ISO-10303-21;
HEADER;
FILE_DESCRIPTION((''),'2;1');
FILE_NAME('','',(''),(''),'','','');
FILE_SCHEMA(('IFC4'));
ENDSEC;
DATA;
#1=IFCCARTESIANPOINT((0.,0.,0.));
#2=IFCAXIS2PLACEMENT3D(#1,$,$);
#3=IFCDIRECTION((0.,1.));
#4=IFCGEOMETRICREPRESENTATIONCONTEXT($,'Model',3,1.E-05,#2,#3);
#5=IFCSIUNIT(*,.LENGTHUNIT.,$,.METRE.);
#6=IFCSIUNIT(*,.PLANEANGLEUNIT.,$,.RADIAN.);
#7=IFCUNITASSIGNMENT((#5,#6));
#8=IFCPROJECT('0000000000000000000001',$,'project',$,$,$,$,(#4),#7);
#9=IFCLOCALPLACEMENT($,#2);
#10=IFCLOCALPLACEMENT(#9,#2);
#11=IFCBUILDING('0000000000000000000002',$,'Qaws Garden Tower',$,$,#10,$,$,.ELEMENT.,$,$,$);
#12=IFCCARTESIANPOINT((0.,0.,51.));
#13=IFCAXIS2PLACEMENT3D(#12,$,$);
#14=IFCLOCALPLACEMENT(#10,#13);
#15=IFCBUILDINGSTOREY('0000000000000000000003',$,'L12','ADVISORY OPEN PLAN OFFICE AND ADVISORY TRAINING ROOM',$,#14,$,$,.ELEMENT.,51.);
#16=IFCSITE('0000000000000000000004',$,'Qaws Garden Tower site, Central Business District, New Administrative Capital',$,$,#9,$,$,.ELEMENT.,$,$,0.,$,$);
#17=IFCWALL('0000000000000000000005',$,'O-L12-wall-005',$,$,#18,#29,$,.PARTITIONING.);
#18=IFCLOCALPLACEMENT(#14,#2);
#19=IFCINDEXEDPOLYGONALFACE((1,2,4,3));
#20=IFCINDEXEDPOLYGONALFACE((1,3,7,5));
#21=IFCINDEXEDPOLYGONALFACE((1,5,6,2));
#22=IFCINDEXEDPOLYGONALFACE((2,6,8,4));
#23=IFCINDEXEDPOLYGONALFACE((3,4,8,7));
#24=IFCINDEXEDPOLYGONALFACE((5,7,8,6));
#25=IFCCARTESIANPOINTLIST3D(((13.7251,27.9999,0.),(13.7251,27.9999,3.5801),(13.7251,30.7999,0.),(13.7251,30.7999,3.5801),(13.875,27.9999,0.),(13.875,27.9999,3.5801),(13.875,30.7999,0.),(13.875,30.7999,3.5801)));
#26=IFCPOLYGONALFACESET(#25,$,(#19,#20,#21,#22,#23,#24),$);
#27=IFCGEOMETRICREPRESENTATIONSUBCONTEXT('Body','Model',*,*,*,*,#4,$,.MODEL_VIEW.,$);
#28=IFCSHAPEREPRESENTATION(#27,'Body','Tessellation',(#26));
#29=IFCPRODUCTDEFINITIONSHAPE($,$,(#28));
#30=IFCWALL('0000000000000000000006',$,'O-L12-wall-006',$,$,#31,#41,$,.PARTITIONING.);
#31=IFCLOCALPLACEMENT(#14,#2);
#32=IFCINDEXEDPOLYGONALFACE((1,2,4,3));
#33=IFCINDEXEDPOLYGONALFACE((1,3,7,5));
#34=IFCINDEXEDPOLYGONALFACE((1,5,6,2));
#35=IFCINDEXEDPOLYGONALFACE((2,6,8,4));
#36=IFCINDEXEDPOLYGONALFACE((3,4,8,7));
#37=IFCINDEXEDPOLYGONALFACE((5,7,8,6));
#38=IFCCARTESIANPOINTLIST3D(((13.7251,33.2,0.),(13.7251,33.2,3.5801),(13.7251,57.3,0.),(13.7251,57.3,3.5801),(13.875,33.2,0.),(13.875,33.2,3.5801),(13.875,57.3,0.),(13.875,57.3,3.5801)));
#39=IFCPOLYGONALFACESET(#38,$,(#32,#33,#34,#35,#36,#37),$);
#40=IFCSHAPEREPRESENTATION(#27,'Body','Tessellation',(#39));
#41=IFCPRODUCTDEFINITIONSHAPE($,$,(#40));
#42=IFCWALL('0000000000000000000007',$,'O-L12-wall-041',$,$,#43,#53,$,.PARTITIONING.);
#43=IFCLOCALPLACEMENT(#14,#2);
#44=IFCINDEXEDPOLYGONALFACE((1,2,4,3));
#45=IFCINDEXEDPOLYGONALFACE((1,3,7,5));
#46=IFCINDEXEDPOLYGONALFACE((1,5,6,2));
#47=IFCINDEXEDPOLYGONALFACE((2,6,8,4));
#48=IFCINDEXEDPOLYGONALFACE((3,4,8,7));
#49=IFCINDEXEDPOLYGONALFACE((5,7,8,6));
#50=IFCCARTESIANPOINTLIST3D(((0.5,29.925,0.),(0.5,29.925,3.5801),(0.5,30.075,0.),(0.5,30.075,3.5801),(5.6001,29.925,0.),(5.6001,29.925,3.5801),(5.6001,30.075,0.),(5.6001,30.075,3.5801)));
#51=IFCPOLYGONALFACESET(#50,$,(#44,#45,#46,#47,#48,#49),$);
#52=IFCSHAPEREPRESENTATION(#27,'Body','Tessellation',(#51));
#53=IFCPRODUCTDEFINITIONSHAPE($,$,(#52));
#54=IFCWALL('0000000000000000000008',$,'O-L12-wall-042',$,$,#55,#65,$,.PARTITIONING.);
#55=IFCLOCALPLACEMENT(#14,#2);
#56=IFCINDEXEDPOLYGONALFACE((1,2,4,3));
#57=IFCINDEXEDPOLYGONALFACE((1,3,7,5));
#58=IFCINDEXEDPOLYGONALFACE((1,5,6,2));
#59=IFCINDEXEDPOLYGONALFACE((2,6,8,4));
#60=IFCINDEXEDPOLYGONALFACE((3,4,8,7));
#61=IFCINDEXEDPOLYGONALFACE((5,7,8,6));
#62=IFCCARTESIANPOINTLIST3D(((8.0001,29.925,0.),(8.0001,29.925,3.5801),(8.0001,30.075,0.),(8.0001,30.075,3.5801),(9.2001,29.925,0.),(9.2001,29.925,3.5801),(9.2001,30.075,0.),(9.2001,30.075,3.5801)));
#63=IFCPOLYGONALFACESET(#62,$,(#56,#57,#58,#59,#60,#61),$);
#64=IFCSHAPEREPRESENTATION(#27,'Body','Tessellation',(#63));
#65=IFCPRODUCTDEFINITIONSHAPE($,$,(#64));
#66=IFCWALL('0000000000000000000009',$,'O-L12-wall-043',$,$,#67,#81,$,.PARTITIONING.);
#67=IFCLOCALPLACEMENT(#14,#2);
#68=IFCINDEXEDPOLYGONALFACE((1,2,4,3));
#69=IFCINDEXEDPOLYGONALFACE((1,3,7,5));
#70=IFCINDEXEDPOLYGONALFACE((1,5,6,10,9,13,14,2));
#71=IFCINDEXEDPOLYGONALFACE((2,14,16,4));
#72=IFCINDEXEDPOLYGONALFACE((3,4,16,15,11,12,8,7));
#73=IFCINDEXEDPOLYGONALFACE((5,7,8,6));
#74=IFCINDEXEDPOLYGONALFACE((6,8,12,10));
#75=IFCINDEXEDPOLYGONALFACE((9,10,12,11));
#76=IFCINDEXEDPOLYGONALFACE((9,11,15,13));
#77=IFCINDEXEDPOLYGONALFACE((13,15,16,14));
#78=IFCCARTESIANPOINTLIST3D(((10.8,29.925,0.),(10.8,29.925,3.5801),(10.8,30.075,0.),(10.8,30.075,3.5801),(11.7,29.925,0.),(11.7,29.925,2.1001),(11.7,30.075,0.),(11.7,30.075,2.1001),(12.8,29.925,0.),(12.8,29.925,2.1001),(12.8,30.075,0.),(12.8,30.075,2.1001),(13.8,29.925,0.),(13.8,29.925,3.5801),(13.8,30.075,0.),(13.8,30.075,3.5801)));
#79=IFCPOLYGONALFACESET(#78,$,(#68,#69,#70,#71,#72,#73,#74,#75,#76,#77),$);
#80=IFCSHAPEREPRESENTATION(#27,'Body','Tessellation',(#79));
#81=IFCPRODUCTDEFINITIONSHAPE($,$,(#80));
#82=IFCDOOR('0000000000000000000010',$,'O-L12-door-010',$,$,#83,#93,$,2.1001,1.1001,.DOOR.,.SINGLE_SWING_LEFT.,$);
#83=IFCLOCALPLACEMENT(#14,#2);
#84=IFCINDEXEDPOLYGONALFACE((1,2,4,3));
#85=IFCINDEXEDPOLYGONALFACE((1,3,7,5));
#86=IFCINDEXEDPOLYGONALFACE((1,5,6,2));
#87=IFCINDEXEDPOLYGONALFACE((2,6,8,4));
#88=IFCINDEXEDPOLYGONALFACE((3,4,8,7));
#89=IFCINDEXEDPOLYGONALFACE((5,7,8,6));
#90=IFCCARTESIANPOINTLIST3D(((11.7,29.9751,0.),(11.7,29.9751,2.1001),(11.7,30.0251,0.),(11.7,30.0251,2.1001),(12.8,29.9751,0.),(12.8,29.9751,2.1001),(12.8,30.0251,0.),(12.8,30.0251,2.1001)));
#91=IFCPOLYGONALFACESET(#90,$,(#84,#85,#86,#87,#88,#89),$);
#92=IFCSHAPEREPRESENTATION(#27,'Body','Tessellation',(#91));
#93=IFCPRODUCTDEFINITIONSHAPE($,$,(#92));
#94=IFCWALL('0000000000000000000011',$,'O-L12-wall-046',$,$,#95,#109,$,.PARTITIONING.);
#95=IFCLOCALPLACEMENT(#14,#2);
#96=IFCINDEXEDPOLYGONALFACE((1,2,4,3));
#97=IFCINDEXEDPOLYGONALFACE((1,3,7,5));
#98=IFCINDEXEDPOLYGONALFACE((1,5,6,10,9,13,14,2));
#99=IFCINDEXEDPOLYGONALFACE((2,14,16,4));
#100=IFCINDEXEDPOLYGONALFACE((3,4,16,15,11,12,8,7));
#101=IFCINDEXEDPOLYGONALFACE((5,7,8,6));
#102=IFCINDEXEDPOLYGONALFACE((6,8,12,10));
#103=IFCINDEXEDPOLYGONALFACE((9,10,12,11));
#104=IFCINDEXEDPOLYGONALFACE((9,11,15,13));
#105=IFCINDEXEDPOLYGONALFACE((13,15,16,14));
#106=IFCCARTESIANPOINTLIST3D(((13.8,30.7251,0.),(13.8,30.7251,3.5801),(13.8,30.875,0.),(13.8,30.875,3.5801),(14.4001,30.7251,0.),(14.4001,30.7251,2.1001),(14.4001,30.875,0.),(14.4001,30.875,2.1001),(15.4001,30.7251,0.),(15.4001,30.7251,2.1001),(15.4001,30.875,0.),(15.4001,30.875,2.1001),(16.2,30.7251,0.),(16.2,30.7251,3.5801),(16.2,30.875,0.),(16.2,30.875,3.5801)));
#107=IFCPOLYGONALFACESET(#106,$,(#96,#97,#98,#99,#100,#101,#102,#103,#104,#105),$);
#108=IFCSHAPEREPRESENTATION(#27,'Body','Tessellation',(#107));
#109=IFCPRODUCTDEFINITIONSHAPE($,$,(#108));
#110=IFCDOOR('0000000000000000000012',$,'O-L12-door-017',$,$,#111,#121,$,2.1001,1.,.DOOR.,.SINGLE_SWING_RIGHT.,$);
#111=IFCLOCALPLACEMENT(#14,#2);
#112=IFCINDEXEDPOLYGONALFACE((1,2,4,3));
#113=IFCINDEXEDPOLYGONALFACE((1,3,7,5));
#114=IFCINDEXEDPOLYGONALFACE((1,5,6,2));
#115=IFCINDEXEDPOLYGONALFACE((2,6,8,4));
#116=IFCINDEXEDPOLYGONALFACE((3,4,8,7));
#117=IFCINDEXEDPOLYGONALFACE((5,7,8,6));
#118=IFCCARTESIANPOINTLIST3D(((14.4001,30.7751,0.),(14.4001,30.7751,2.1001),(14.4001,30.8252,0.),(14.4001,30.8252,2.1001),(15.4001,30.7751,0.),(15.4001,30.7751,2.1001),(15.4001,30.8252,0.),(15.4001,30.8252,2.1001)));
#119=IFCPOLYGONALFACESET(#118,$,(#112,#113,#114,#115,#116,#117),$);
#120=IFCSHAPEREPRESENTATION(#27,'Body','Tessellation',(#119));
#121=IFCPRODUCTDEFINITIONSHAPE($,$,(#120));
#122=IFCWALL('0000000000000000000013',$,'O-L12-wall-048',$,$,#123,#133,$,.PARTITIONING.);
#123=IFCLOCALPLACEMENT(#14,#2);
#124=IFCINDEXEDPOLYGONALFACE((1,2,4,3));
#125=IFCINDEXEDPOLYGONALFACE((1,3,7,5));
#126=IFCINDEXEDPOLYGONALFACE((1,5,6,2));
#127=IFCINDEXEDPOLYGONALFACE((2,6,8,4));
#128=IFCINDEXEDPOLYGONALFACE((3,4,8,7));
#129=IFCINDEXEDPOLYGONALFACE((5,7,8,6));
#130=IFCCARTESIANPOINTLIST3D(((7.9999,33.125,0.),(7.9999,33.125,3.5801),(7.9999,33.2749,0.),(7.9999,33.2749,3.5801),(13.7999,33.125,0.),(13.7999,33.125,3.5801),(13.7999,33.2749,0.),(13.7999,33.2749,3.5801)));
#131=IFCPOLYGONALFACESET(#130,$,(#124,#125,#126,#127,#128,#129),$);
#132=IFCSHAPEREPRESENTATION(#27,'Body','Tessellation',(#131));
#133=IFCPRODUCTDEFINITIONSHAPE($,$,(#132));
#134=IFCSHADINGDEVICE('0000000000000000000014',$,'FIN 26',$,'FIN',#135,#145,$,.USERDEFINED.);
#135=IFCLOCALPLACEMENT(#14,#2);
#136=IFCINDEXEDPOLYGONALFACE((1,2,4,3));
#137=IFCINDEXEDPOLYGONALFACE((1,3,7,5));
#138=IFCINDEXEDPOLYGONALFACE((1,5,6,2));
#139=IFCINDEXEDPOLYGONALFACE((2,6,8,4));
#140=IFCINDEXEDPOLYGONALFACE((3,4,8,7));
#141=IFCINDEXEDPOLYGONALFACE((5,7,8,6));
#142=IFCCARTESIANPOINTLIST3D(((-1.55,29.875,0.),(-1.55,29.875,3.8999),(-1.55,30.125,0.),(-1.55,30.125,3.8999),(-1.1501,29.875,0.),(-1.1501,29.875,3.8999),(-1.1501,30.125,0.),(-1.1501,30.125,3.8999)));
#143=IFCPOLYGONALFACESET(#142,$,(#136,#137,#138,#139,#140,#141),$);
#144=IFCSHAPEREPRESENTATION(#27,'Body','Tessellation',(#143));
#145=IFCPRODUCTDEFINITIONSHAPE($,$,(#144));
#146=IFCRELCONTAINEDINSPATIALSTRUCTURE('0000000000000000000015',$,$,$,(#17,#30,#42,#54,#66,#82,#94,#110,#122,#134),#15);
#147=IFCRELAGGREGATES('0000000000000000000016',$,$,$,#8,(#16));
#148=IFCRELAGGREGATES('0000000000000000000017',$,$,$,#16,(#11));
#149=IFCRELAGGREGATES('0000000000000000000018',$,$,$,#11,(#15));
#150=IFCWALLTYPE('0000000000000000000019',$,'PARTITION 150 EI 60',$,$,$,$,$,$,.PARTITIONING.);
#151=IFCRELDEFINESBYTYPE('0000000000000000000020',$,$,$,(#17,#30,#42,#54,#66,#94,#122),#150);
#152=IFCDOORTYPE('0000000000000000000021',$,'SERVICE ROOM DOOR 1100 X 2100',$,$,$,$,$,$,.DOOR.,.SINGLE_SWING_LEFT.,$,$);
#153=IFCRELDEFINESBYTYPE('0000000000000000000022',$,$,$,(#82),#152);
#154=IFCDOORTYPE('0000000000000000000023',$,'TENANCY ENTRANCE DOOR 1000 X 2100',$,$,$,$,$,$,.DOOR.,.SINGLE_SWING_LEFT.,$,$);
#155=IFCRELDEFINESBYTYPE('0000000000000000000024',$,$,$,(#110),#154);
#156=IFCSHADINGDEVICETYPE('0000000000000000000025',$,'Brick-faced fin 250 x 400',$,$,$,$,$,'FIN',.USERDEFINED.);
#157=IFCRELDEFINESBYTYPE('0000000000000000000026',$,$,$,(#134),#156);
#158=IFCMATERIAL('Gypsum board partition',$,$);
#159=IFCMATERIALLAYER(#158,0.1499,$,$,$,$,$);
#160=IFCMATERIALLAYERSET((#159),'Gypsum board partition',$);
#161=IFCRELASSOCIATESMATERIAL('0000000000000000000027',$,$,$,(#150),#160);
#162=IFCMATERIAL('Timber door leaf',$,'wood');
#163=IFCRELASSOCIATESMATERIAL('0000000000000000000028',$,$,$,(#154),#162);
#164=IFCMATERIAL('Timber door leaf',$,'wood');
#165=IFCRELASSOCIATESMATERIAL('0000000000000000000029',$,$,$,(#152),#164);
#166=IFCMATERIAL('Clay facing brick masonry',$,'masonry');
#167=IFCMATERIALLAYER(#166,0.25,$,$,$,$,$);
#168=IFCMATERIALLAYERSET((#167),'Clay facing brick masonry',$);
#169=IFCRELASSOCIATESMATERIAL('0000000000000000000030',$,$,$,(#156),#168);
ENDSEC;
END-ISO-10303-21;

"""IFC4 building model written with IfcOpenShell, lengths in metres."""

from ifc_helpers import new_model, si_unit, direction, frame, frame_2d, origin, origin_2d, place, context, subcontext, project, spatial, rectangle, extrude, material, layer, layer_set, type_object, element, fill, save


model = new_model("IFC4")

# Units and contexts
model_context = context("Model", 3, precision=1e-05, world=origin(), true_north=direction((0.0, 1.0)))
body_context = subcontext(model_context, "Body", "Model", "MODEL_VIEW")
ifc_project = project(units=[si_unit("LENGTHUNIT", "METRE"), si_unit("PLANEANGLEUNIT", "RADIAN")], contexts=[model_context])

# Site, building, storey
site_placement = place(None, origin())
site = spatial("IfcSite", under=ifc_project, at=site_placement, Name="Qaws Garden Tower site, Central Business District, New Administrative Capital", CompositionType="ELEMENT", RefElevation=0.0)
building_placement = place(site_placement, origin())
building = spatial("IfcBuilding", under=site, at=building_placement, Name="Qaws Garden Tower", CompositionType="ELEMENT")
storey_placement = place(building_placement, frame((0.0, 0.0, 51.0)))
storey = spatial("IfcBuildingStorey", under=building, at=storey_placement, Name="L12", Description="ADVISORY OPEN PLAN OFFICE AND ADVISORY TRAINING ROOM", CompositionType="ELEMENT", Elevation=51.0)

# Shared definitions
ifc_material_1 = material(Name="Gypsum board partition")
ifc_layer_1 = layer(ifc_material_1, 0.1499)
ifc_layer_set_1 = layer_set([ifc_layer_1], Name="Gypsum board partition")
wall_type_1 = type_object("IfcWallType", Name="PARTITION 150 EI 60", PredefinedType="PARTITIONING", material=ifc_layer_set_1)

# Shared definitions
ifc_material_2 = material(Name="Timber door leaf", Category="wood")
door_type_1 = type_object("IfcDoorType", Name="TENANCY ENTRANCE DOOR 1000 X 2100", OperationType="SINGLE_SWING_LEFT", PredefinedType="DOOR", material=ifc_material_2)

# Walls
wall_1_placement = place(storey_placement, frame((13.8, 28.0, 0.0), z_axis=(0.0, 0.0, 1.0), x_axis=(0.0, 1.0, 0.0)))
element("IfcWall", 1, at=wall_1_placement, inside=storey, type_object=wall_type_1, Name="O-L12-wall-005", PredefinedType="PARTITIONING", context=body_context, shape_type="SweptSolid", body=[
    extrude(rectangle(XDim=2.8, YDim=0.1499, at=frame_2d((1.3999, 0.0))), origin(), (0.0, 0.0, 1.0), 3.5801),
])
wall_2_placement = place(storey_placement, frame((13.8, 33.2, 0.0), z_axis=(0.0, 0.0, 1.0), x_axis=(0.0, 1.0, 0.0)))
element("IfcWall", 2, at=wall_2_placement, inside=storey, type_object=wall_type_1, Name="O-L12-wall-006", PredefinedType="PARTITIONING", context=body_context, shape_type="SweptSolid", body=[
    extrude(rectangle(XDim=24.1001, YDim=0.1499, at=frame_2d((12.05, 0.0))), origin(), (0.0, 0.0, 1.0), 3.5801),
])
wall_3_placement = place(storey_placement, frame((0.5, 30.0, 0.0), z_axis=(0.0, 0.0, 1.0), x_axis=(1.0, 0.0, 0.0)))
element("IfcWall", 3, at=wall_3_placement, inside=storey, type_object=wall_type_1, Name="O-L12-wall-041", PredefinedType="PARTITIONING", context=body_context, shape_type="SweptSolid", body=[
    extrude(rectangle(XDim=5.1001, YDim=0.1499, at=frame_2d((2.55, 0.0))), origin(), (0.0, 0.0, 1.0), 3.5801),
])
wall_4_placement = place(storey_placement, frame((8.0, 30.0, 0.0), z_axis=(0.0, 0.0, 1.0), x_axis=(1.0, 0.0, 0.0)))
element("IfcWall", 4, at=wall_4_placement, inside=storey, type_object=wall_type_1, Name="O-L12-wall-042", PredefinedType="PARTITIONING", context=body_context, shape_type="SweptSolid", body=[
    extrude(rectangle(XDim=1.2, YDim=0.1499, at=frame_2d((0.6001, 0.0))), origin(), (0.0, 0.0, 1.0), 3.5801),
])

# Walls, openings, doors
wall_5_placement = place(storey_placement, frame((10.8, 30.0, 0.0), z_axis=(0.0, 0.0, 1.0), x_axis=(1.0, 0.0, 0.0)))
wall_5 = element("IfcWall", 5, at=wall_5_placement, inside=storey, type_object=wall_type_1, Name="O-L12-wall-043", PredefinedType="PARTITIONING", context=body_context, shape_type="SweptSolid", body=[
    extrude(rectangle(XDim=3.0, YDim=0.1499, at=frame_2d((1.5, 0.0))), origin(), (0.0, 0.0, 1.0), 3.5801),
])
opening_1_placement = place(wall_5_placement, frame((0.8999, 0.0, 0.0)))
opening_1 = element("IfcOpeningElement", 6, at=opening_1_placement, cuts=wall_5, PredefinedType="OPENING", context=body_context, shape_type="SweptSolid", body=[
    extrude(rectangle(XDim=1.1001, YDim=2.1001, at=frame_2d((0.55, 1.05))), frame((0.0, 0.085, 0.0), z_axis=(0.0, -1.0, 0.0), x_axis=(1.0, 0.0, 0.0)), (0.0, 0.0, 1.0), 0.1699),
])
ifc_material_3 = material(Name="Timber door leaf", Category="wood")
door_type_2 = type_object("IfcDoorType", Name="SERVICE ROOM DOOR 1100 X 2100", OperationType="SINGLE_SWING_LEFT", PredefinedType="DOOR", material=ifc_material_3)
door_1_placement = place(opening_1_placement, frame((1.1001, 0.0, 0.0), z_axis=(0.0, 0.0, 1.0), x_axis=(-1.0, 0.0, 0.0)))
door_1 = element("IfcDoor", 7, at=door_1_placement, inside=storey, type_object=door_type_2, Name="O-L12-door-010", OperationType="SINGLE_SWING_LEFT", OverallHeight=2.1001, OverallWidth=1.1001, PredefinedType="DOOR", context=body_context, shape_type="SweptSolid", body=[
    extrude(rectangle(XDim=1.1001, YDim=2.1001, at=frame_2d((0.55, 1.05))), frame((0.0, 0.0249, 0.0), z_axis=(0.0, -1.0, 0.0), x_axis=(1.0, 0.0, 0.0)), (0.0, 0.0, 1.0), 0.05),
])
fill(opening_1, door_1)
wall_6_placement = place(storey_placement, frame((13.8, 30.8, 0.0), z_axis=(0.0, 0.0, 1.0), x_axis=(1.0, 0.0, 0.0)))
wall_6 = element("IfcWall", 8, at=wall_6_placement, inside=storey, type_object=wall_type_1, Name="O-L12-wall-046", PredefinedType="PARTITIONING", context=body_context, shape_type="SweptSolid", body=[
    extrude(rectangle(XDim=2.3999, YDim=0.1499, at=frame_2d((1.2, 0.0))), origin(), (0.0, 0.0, 1.0), 3.5801),
])
opening_2_placement = place(wall_6_placement, frame((0.6001, 0.0, 0.0)))
opening_2 = element("IfcOpeningElement", 9, at=opening_2_placement, cuts=wall_6, PredefinedType="OPENING", context=body_context, shape_type="SweptSolid", body=[
    extrude(rectangle(XDim=1.0, YDim=2.1001, at=frame_2d((0.5, 1.05))), frame((0.0, 0.085, 0.0), z_axis=(0.0, -1.0, 0.0), x_axis=(1.0, 0.0, 0.0)), (0.0, 0.0, 1.0), 0.1699),
])
door_2_placement = place(opening_2_placement, frame((1.0, 0.0, 0.0), z_axis=(0.0, 0.0, 1.0), x_axis=(-1.0, 0.0, 0.0)))
door_2 = element("IfcDoor", 10, at=door_2_placement, inside=storey, type_object=door_type_1, Name="O-L12-door-017", OperationType="SINGLE_SWING_RIGHT", OverallHeight=2.1001, OverallWidth=1.0, PredefinedType="DOOR", context=body_context, shape_type="SweptSolid", body=[
    extrude(rectangle(XDim=1.0, YDim=2.1001, at=frame_2d((0.5, 1.05))), frame((0.0, 0.0249, 0.0), z_axis=(0.0, -1.0, 0.0), x_axis=(1.0, 0.0, 0.0)), (0.0, 0.0, 1.0), 0.05),
])
fill(opening_2, door_2)

# Wall
wall_7_placement = place(storey_placement, frame((8.0, 33.2, 0.0), z_axis=(0.0, 0.0, 1.0), x_axis=(1.0, 0.0, 0.0)))
element("IfcWall", 11, at=wall_7_placement, inside=storey, type_object=wall_type_1, Name="O-L12-wall-048", PredefinedType="PARTITIONING", context=body_context, shape_type="SweptSolid", body=[
    extrude(rectangle(XDim=5.8, YDim=0.1499, at=frame_2d((2.8999, 0.0))), origin(), (0.0, 0.0, 1.0), 3.5801),
])

# Shading device
ifc_material_4 = material(Name="Clay facing brick masonry", Category="masonry")
ifc_layer_2 = layer(ifc_material_4, 0.25)
ifc_layer_set_2 = layer_set([ifc_layer_2], Name="Clay facing brick masonry")
shading_device_type = type_object("IfcShadingDeviceType", Name="Brick-faced fin 250 x 400", ElementType="FIN", PredefinedType="USERDEFINED", material=ifc_layer_set_2)
shading_device_placement = place(storey_placement, frame((-1.3501, 30.0, 0.0), z_axis=(0.0, 0.0, 1.0), x_axis=(0.0, -1.0, 0.0)))
element("IfcShadingDevice", 12, at=shading_device_placement, inside=storey, type_object=shading_device_type, Name="FIN 26", ObjectType="FIN", PredefinedType="USERDEFINED", context=body_context, shape_type="SweptSolid", body=[
    extrude(rectangle(XDim=0.25, YDim=0.3999, at=origin_2d()), origin(), (0.0, 0.0, 1.0), 3.8999),
])

save(model, "model.ifc")
